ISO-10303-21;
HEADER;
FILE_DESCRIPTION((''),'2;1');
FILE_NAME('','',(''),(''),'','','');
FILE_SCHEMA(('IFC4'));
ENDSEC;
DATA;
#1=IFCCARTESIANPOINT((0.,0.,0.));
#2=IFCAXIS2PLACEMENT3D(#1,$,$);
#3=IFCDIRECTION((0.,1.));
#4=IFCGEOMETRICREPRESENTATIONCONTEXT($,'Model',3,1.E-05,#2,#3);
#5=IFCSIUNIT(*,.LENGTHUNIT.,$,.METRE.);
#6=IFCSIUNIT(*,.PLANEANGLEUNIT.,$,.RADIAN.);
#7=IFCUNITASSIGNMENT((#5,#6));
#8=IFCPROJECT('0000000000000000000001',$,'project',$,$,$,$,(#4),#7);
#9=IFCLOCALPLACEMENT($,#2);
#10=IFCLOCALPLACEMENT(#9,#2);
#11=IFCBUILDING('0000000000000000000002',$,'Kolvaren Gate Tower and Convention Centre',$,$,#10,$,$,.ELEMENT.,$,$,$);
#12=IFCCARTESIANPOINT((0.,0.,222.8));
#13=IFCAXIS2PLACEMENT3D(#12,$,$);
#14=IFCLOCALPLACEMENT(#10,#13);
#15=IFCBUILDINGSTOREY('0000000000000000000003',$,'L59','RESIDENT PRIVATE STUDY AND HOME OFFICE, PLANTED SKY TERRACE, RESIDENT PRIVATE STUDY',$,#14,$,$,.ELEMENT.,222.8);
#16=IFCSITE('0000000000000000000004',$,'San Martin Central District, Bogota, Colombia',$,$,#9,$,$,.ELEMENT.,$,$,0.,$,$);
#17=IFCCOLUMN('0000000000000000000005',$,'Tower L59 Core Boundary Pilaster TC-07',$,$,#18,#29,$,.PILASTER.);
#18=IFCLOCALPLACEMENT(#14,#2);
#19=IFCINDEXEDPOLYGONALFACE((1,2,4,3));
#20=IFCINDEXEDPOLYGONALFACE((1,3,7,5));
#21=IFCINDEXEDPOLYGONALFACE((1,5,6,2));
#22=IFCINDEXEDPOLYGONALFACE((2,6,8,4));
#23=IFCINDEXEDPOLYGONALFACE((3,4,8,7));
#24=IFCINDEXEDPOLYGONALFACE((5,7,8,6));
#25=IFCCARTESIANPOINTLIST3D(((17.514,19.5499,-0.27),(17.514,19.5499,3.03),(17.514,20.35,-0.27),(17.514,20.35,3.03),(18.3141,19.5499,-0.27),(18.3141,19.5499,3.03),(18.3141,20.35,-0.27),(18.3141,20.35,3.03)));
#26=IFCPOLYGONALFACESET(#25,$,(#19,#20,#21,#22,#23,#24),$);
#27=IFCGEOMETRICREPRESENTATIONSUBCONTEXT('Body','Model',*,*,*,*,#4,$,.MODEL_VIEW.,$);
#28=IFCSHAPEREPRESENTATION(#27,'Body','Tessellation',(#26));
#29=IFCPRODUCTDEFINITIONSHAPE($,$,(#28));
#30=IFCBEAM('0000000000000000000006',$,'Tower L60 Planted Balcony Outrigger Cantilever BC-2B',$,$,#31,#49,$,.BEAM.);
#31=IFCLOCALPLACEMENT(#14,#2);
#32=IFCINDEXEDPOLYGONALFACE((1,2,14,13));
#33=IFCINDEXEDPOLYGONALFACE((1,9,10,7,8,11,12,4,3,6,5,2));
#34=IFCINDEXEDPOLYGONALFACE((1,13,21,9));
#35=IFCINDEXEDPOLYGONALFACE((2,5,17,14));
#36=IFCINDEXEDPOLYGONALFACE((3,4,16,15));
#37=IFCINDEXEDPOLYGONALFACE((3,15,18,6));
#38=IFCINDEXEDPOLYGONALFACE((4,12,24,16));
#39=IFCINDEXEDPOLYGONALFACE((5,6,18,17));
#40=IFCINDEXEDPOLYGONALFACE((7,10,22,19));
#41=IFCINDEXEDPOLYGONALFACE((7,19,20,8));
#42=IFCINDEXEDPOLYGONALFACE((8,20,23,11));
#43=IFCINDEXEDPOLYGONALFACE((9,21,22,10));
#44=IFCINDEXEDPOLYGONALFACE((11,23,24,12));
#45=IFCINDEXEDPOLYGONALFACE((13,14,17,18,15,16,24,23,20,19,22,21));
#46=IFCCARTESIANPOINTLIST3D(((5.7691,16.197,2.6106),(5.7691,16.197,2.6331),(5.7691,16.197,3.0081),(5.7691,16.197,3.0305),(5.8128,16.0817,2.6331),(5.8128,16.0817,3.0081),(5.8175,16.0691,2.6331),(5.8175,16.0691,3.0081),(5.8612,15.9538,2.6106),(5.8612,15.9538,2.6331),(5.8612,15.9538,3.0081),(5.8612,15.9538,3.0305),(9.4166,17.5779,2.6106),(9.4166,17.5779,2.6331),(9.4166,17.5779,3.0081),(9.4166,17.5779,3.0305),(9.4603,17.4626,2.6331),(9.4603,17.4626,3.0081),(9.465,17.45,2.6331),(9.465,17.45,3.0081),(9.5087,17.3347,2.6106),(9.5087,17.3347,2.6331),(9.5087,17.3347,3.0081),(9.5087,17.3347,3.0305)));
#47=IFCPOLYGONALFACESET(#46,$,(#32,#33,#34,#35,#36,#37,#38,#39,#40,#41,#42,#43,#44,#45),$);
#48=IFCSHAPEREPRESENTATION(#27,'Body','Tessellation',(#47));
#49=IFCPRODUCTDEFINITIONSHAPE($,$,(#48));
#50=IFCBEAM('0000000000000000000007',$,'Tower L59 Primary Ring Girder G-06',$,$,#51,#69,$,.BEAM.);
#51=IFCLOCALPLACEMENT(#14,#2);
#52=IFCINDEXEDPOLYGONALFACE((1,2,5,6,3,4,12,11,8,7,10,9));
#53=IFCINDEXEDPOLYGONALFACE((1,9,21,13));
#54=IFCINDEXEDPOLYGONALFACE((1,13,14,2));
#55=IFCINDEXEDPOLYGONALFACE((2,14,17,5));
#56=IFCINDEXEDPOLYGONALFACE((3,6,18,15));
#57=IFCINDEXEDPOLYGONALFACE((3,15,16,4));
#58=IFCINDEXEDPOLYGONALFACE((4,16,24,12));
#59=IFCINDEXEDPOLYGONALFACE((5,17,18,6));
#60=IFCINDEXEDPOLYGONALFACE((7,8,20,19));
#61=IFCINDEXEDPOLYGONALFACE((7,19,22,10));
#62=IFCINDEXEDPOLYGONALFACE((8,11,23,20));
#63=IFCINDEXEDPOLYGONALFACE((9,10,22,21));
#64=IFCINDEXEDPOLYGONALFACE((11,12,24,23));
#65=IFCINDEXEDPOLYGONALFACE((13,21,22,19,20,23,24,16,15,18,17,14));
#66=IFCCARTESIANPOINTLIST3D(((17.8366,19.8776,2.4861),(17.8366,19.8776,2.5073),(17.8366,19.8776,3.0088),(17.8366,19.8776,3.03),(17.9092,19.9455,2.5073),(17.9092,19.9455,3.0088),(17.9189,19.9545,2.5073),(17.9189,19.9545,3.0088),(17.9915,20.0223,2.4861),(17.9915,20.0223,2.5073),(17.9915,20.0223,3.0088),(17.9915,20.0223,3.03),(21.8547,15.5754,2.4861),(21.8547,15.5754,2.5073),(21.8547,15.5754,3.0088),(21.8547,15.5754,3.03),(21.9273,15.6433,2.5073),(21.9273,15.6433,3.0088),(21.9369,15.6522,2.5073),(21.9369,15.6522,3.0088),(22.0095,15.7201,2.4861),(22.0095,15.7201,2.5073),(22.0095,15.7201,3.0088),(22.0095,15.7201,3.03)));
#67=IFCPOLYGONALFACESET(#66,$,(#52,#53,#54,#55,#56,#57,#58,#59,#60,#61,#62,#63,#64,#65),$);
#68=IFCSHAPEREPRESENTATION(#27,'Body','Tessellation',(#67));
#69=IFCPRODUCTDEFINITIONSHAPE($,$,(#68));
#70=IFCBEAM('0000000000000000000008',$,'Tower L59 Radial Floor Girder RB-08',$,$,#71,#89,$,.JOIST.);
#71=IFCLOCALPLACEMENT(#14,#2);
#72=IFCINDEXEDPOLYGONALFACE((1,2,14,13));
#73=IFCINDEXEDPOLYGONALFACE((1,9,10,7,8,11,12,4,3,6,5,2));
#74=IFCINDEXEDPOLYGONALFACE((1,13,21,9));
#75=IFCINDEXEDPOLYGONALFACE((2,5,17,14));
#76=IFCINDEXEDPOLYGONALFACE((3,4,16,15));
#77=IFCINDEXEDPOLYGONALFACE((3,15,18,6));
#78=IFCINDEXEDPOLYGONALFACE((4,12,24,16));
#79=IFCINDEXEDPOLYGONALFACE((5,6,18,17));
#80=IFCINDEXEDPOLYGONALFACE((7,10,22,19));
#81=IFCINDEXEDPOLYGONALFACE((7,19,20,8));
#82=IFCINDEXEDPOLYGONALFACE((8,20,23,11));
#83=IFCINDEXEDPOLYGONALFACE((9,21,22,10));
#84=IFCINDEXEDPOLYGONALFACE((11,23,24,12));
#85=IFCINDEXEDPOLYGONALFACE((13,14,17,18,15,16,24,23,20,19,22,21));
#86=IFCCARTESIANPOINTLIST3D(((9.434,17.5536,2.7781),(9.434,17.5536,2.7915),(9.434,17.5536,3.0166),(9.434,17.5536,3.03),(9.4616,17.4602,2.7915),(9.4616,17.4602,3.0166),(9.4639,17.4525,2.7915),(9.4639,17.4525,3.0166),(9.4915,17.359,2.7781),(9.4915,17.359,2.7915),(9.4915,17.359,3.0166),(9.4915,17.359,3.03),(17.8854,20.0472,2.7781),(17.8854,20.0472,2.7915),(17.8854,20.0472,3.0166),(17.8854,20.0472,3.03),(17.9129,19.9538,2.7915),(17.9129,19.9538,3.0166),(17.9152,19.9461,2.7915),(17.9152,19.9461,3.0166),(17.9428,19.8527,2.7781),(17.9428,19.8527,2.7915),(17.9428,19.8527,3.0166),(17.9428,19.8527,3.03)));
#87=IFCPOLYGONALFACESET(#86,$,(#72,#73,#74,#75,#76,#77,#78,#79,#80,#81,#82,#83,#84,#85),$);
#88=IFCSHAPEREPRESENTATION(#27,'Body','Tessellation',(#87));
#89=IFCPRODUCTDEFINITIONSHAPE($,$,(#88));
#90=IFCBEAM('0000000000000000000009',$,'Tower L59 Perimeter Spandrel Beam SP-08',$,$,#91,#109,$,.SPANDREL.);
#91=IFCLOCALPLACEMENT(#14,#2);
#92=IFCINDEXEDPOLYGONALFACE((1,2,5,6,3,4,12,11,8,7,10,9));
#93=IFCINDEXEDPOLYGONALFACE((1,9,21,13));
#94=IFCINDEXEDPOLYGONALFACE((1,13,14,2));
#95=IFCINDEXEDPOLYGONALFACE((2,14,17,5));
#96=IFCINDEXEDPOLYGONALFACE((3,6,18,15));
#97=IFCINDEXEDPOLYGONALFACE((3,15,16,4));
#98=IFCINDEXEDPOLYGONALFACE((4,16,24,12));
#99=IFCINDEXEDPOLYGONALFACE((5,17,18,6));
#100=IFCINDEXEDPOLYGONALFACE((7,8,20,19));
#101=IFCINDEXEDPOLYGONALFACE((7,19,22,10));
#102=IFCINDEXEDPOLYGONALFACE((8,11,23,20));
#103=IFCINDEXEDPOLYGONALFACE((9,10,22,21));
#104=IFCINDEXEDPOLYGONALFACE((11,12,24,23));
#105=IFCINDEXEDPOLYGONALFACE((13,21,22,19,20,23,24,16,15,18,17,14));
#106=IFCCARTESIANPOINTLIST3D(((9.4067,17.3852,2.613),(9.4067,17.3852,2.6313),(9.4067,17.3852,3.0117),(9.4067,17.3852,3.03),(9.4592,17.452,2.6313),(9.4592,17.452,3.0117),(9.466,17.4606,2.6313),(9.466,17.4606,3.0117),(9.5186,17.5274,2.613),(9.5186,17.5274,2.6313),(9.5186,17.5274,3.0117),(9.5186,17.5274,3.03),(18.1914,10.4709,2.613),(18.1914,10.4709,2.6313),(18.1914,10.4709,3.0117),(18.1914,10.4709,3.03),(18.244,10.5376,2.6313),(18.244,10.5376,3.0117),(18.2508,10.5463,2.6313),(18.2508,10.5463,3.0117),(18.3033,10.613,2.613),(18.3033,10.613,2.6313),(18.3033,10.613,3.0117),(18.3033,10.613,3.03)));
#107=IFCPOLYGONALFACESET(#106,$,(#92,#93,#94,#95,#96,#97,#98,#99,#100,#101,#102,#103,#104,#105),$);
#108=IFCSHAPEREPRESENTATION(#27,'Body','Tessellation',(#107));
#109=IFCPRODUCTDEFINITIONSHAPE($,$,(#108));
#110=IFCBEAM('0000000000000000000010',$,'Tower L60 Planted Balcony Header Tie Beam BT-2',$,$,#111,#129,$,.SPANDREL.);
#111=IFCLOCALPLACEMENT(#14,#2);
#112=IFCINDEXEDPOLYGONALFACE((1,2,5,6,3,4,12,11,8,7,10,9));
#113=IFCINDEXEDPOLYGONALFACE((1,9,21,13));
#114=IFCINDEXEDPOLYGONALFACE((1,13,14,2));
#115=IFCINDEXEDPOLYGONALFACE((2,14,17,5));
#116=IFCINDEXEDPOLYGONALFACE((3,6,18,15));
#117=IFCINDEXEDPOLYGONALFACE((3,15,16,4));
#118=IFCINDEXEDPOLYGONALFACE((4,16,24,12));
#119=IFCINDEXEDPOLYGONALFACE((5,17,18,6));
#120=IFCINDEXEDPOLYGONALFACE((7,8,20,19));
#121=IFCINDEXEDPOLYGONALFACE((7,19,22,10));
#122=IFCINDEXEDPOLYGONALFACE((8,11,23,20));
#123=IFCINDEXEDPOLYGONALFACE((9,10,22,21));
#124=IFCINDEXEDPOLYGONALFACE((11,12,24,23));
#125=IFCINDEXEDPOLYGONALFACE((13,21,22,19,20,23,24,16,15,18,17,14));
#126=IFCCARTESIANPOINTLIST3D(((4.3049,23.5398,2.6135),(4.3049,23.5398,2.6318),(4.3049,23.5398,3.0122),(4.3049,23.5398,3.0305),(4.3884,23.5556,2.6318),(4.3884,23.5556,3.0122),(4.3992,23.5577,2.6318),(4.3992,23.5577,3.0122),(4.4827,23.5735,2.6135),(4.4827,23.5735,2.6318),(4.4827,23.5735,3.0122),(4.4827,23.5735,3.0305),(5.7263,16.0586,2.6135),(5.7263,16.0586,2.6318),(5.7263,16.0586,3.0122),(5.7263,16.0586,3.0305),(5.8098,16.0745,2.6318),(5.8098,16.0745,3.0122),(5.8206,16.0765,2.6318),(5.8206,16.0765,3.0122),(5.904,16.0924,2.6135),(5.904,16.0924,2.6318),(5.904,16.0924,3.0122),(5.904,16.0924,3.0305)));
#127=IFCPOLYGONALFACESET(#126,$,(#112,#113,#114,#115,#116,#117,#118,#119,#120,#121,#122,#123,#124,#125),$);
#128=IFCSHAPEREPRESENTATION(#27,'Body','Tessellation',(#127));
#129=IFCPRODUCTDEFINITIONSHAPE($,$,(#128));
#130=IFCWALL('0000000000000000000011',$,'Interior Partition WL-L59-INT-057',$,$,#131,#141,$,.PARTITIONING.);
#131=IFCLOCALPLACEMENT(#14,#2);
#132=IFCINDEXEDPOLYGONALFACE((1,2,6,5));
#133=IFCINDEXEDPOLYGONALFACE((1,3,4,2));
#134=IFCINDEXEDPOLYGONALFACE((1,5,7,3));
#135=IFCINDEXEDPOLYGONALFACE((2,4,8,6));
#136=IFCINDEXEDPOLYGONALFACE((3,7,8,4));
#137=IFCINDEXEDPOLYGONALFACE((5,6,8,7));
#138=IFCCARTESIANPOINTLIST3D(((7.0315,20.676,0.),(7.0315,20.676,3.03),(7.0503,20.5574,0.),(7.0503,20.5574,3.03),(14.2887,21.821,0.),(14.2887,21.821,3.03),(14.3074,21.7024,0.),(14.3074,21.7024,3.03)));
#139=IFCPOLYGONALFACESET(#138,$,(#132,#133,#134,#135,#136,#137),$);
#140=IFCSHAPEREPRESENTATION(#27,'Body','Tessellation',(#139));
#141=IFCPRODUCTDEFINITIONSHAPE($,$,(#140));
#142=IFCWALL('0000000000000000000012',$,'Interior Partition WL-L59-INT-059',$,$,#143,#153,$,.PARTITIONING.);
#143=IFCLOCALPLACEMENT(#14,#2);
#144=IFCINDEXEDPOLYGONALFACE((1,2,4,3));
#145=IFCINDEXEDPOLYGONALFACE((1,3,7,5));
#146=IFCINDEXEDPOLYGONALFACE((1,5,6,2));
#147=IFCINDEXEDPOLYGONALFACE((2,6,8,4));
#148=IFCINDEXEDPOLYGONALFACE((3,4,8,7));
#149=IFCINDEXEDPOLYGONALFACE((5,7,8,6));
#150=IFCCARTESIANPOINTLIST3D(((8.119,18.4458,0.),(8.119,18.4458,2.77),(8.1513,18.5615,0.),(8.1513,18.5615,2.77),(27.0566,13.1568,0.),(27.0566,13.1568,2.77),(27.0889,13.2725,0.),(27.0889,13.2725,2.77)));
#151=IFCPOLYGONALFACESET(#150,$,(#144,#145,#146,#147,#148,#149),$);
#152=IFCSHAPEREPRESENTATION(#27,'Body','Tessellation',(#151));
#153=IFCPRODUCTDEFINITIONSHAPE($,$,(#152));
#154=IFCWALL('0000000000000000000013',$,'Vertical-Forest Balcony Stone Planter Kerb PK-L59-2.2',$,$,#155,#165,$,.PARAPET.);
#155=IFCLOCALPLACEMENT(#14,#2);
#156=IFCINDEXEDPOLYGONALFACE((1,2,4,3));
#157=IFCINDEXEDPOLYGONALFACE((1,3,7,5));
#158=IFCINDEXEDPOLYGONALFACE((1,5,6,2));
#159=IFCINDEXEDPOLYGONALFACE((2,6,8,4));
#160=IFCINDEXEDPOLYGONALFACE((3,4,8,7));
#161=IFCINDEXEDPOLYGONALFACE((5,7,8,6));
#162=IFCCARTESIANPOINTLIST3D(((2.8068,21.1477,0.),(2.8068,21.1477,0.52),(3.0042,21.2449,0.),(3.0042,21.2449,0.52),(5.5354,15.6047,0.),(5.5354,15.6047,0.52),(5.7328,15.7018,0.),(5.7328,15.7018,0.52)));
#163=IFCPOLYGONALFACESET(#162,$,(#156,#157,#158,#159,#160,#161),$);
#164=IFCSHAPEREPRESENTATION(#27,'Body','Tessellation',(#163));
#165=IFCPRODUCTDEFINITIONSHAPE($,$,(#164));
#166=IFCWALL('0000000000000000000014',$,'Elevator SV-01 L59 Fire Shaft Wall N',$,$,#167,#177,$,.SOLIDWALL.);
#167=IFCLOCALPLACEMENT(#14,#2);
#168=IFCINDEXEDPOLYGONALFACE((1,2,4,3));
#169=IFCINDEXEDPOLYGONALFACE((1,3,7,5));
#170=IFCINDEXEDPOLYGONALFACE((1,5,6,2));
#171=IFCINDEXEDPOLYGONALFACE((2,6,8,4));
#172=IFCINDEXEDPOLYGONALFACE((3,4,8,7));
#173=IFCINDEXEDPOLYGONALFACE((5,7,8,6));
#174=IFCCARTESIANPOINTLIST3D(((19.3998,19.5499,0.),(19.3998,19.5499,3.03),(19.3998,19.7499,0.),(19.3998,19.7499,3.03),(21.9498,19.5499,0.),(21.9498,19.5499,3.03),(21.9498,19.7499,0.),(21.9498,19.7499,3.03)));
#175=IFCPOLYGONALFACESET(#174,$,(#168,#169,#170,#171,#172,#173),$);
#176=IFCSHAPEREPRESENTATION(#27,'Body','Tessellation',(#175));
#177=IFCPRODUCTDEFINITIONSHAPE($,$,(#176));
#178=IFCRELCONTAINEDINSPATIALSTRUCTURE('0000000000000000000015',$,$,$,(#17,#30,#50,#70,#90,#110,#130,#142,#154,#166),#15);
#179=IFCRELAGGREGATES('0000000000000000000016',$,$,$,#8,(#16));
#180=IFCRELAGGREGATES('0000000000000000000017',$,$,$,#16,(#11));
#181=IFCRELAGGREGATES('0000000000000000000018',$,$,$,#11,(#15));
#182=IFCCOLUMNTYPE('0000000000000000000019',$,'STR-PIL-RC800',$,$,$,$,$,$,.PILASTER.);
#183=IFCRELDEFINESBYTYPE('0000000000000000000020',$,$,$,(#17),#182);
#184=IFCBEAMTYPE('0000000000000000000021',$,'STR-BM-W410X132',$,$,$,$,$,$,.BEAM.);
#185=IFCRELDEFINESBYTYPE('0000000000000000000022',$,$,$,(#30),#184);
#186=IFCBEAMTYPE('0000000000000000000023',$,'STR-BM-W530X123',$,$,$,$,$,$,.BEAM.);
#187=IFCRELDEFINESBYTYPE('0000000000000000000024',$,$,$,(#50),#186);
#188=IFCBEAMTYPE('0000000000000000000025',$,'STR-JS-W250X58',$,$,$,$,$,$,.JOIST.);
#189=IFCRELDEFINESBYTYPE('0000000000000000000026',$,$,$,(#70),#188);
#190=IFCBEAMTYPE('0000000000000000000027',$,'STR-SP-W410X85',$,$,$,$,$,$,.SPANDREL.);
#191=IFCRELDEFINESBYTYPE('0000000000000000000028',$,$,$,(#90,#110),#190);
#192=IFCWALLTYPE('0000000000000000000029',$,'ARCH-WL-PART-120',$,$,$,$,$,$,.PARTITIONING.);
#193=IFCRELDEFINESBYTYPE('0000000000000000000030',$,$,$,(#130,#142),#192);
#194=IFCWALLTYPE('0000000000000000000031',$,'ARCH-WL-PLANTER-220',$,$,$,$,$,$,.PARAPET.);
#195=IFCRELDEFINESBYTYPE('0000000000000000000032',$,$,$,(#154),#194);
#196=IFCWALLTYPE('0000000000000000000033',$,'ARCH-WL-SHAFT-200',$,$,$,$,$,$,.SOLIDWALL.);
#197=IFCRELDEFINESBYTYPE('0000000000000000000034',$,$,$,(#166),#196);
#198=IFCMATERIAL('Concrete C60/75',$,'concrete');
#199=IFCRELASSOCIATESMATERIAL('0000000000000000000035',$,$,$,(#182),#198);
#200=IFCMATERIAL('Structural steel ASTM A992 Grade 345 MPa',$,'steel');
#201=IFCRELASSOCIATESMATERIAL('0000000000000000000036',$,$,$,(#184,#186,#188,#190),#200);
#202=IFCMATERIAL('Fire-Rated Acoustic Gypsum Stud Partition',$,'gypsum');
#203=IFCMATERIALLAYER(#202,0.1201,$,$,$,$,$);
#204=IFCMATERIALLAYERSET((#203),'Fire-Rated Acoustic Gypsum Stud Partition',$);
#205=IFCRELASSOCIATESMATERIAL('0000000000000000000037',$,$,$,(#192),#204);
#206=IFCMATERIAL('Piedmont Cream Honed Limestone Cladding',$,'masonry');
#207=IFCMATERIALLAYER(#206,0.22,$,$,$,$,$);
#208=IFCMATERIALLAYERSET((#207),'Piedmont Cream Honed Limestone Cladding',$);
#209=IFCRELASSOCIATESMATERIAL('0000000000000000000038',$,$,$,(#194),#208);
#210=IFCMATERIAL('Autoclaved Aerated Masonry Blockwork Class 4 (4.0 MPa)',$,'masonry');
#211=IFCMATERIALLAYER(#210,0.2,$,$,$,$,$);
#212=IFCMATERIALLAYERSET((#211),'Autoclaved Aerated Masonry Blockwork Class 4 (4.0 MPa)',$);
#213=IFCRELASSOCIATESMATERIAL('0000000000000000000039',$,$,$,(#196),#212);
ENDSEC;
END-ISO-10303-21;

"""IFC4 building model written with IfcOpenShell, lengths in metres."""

from ifc_helpers import new_model, si_unit, direction, frame, frame_2d, origin, origin_2d, place, context, subcontext, project, spatial, rectangle, i_section, extrude, material, layer, layer_set, material_profile, profile_set, type_object, element, save


model = new_model("IFC4")

# Units and contexts
model_context = context("Model", 3, precision=1e-05, world=origin(), true_north=direction((0.0, 1.0)))
body_context = subcontext(model_context, "Body", "Model", "MODEL_VIEW")
ifc_project = project(units=[si_unit("LENGTHUNIT", "METRE"), si_unit("PLANEANGLEUNIT", "RADIAN")], contexts=[model_context])

# Site, building, storey
site_placement = place(None, origin())
site = spatial("IfcSite", under=ifc_project, at=site_placement, Name="San Martin Central District, Bogota, Colombia", CompositionType="ELEMENT", RefElevation=0.0)
building_placement = place(site_placement, origin())
building = spatial("IfcBuilding", under=site, at=building_placement, Name="Kolvaren Gate Tower and Convention Centre", CompositionType="ELEMENT")
storey_placement = place(building_placement, frame((0.0, 0.0, 222.8)))
storey = spatial("IfcBuildingStorey", under=building, at=storey_placement, Name="L59", Description="RESIDENT PRIVATE STUDY AND HOME OFFICE, PLANTED SKY TERRACE, RESIDENT PRIVATE STUDY", CompositionType="ELEMENT", Elevation=222.8)

# Column
ifc_material_1 = material(Name="Concrete C60/75", Category="concrete")
ifc_material_profile_1 = material_profile(ifc_material_1, rectangle(XDim=0.8, YDim=0.8, at=origin_2d()), Name="RC-COL-800X800")
ifc_profile_set_1 = profile_set([ifc_material_profile_1], Name="Concrete C60/75")
column_type = type_object("IfcColumnType", Name="STR-PIL-RC800", PredefinedType="PILASTER", material=ifc_profile_set_1)
column_placement = place(storey_placement, frame((17.9141, 19.95, -0.27), z_axis=(0.0, 0.0, 1.0), x_axis=(1.0, 0.0, 0.0)))
element("IfcColumn", 1, at=column_placement, inside=storey, type_object=column_type, Name="Tower L59 Core Boundary Pilaster TC-07", PredefinedType="PILASTER", context=body_context, shape_type="SweptSolid", body=[
    extrude(rectangle(XDim=0.8, YDim=0.8, at=origin_2d()), origin(), (0.0, 0.0, 1.0), 3.3),
])

# Beams
ifc_material_2 = material(Name="Structural steel ASTM A992 Grade 345 MPa", Category="steel")
ifc_material_profile_2 = material_profile(ifc_material_2, i_section(OverallWidth=0.26, OverallDepth=0.4199, WebThickness=0.0134, FlangeThickness=0.0225, at=origin_2d()), Name="W410X132")
ifc_profile_set_2 = profile_set([ifc_material_profile_2], Name="Structural steel ASTM A992 Grade 345 MPa")
beam_type_1 = type_object("IfcBeamType", Name="STR-BM-W410X132", PredefinedType="BEAM", material=ifc_profile_set_2)
beam_1_placement = place(storey_placement, frame((9.4626, 17.4563, 2.8206), z_axis=(-0.935224, -0.354058, 0.0), x_axis=(0.354058, -0.935224, 0.0)))
element("IfcBeam", 2, at=beam_1_placement, inside=storey, type_object=beam_type_1, Name="Tower L60 Planted Balcony Outrigger Cantilever BC-2B", PredefinedType="BEAM", context=body_context, shape_type="SweptSolid", body=[
    extrude(i_section(OverallWidth=0.26, OverallDepth=0.4199, WebThickness=0.0134, FlangeThickness=0.0225, at=origin_2d()), origin(), (0.0, 0.0, 1.0), 3.9001),
])
ifc_material_profile_3 = material_profile(ifc_material_2, i_section(OverallWidth=0.2119, OverallDepth=0.5439, WebThickness=0.0132, FlangeThickness=0.0212, at=origin_2d()), Name="W530X123")
ifc_profile_set_3 = profile_set([ifc_material_profile_3], Name="Structural steel ASTM A992 Grade 345 MPa")
beam_type_2 = type_object("IfcBeamType", Name="STR-BM-W530X123", PredefinedType="BEAM", material=ifc_profile_set_3)
beam_2_placement = place(storey_placement, frame((17.9141, 19.95, 2.7581), z_axis=(0.682558, -0.730832, 0.0), x_axis=(0.730832, 0.682558, 0.0)))
element("IfcBeam", 3, at=beam_2_placement, inside=storey, type_object=beam_type_2, Name="Tower L59 Primary Ring Girder G-06", PredefinedType="BEAM", context=body_context, shape_type="SweptSolid", body=[
    extrude(i_section(OverallWidth=0.2119, OverallDepth=0.5439, WebThickness=0.0132, FlangeThickness=0.0212, at=origin_2d()), origin(), (0.0, 0.0, 1.0), 5.8867),
])
ifc_material_profile_4 = material_profile(ifc_material_2, i_section(OverallWidth=0.2029, OverallDepth=0.252, WebThickness=0.0081, FlangeThickness=0.0134, at=origin_2d()), Name="W250X58")
ifc_profile_set_4 = profile_set([ifc_material_profile_4], Name="Structural steel ASTM A992 Grade 345 MPa")
beam_type_3 = type_object("IfcBeamType", Name="STR-JS-W250X58", PredefinedType="JOIST", material=ifc_profile_set_4)
beam_3_placement = place(storey_placement, frame((17.9141, 19.95, 2.9041), z_axis=(-0.959121, -0.282996, 0.0), x_axis=(0.282996, -0.959121, 0.0)))
element("IfcBeam", 4, at=beam_3_placement, inside=storey, type_object=beam_type_3, Name="Tower L59 Radial Floor Girder RB-08", PredefinedType="JOIST", context=body_context, shape_type="SweptSolid", body=[
    extrude(i_section(OverallWidth=0.2029, OverallDepth=0.252, WebThickness=0.0081, FlangeThickness=0.0134, at=origin_2d()), origin(), (0.0, 0.0, 1.0), 8.8115),
])
ifc_material_profile_5 = material_profile(ifc_material_2, i_section(OverallWidth=0.1809, OverallDepth=0.417, WebThickness=0.011, FlangeThickness=0.0183, at=origin_2d()), Name="W410X85")
ifc_profile_set_5 = profile_set([ifc_material_profile_5], Name="Structural steel ASTM A992 Grade 345 MPa")
beam_type_4 = type_object("IfcBeamType", Name="STR-SP-W410X85", PredefinedType="SPANDREL", material=ifc_profile_set_5)
beam_4_placement = place(storey_placement, frame((9.4626, 17.4563, 2.8215), z_axis=(0.785794, -0.618489, 0.0), x_axis=(0.618489, 0.785794, 0.0)))
element("IfcBeam", 5, at=beam_4_placement, inside=storey, type_object=beam_type_4, Name="Tower L59 Perimeter Spandrel Beam SP-08", PredefinedType="SPANDREL", context=body_context, shape_type="SweptSolid", body=[
    extrude(i_section(OverallWidth=0.1809, OverallDepth=0.417, WebThickness=0.011, FlangeThickness=0.0183, at=origin_2d()), origin(), (0.0, 0.0, 1.0), 11.1794),
])
beam_5_placement = place(storey_placement, frame((4.3938, 23.5566, 2.822), z_axis=(0.186655, -0.982425, 0.0), x_axis=(0.982425, 0.186655, 0.0)))
element("IfcBeam", 6, at=beam_5_placement, inside=storey, type_object=beam_type_4, Name="Tower L60 Planted Balcony Header Tie Beam BT-2", PredefinedType="SPANDREL", context=body_context, shape_type="SweptSolid", body=[
    extrude(i_section(OverallWidth=0.1809, OverallDepth=0.417, WebThickness=0.011, FlangeThickness=0.0183, at=origin_2d()), origin(), (0.0, 0.0, 1.0), 7.615),
])

# Walls
ifc_material_3 = material(Name="Fire-Rated Acoustic Gypsum Stud Partition", Category="gypsum")
ifc_layer_1 = layer(ifc_material_3, 0.1201)
ifc_layer_set_1 = layer_set([ifc_layer_1], Name="Fire-Rated Acoustic Gypsum Stud Partition")
wall_type_1 = type_object("IfcWallType", Name="ARCH-WL-PART-120", PredefinedType="PARTITIONING", material=ifc_layer_set_1)
wall_1_placement = place(storey_placement, frame((7.041, 20.6167, 0.0), z_axis=(0.0, 0.0, 1.0), x_axis=(0.98778, 0.155852, 0.0)))
element("IfcWall", 7, at=wall_1_placement, inside=storey, type_object=wall_type_1, Name="Interior Partition WL-L59-INT-057", PredefinedType="PARTITIONING", context=body_context, shape_type="SweptSolid", body=[
    extrude(rectangle(XDim=7.3469, YDim=0.1201, at=frame_2d((3.6733, 0.0))), origin(), (0.0, 0.0, 1.0), 3.03),
])
wall_2_placement = place(storey_placement, frame((8.1353, 18.5037, 0.0), z_axis=(0.0, 0.0, 1.0), x_axis=(0.963142, -0.268993, 0.0)))
element("IfcWall", 8, at=wall_2_placement, inside=storey, type_object=wall_type_1, Name="Interior Partition WL-L59-INT-059", PredefinedType="PARTITIONING", context=body_context, shape_type="SweptSolid", body=[
    extrude(rectangle(XDim=19.6624, YDim=0.1201, at=frame_2d((9.8311, 0.0))), origin(), (0.0, 0.0, 1.0), 2.77),
])
ifc_material_4 = material(Name="Piedmont Cream Honed Limestone Cladding", Category="masonry")
ifc_layer_2 = layer(ifc_material_4, 0.22)
ifc_layer_set_2 = layer_set([ifc_layer_2], Name="Piedmont Cream Honed Limestone Cladding")
wall_type_2 = type_object("IfcWallType", Name="ARCH-WL-PLANTER-220", PredefinedType="PARAPET", material=ifc_layer_set_2)
wall_3_placement = place(storey_placement, frame((2.9055, 21.1963, 0.0), z_axis=(0.0, 0.0, 1.0), x_axis=(0.441641, -0.897192, 0.0)))
element("IfcWall", 9, at=wall_3_placement, inside=storey, type_object=wall_type_2, Name="Vertical-Forest Balcony Stone Planter Kerb PK-L59-2.2", PredefinedType="PARAPET", context=body_context, shape_type="SweptSolid", body=[
    extrude(rectangle(XDim=6.1782, YDim=0.22, at=frame_2d((3.0891, 0.0))), origin(), (0.0, 0.0, 1.0), 0.52),
])
ifc_material_5 = material(Name="Autoclaved Aerated Masonry Blockwork Class 4 (4.0 MPa)", Category="masonry")
ifc_layer_3 = layer(ifc_material_5, 0.2)
ifc_layer_set_3 = layer_set([ifc_layer_3], Name="Autoclaved Aerated Masonry Blockwork Class 4 (4.0 MPa)")
wall_type_3 = type_object("IfcWallType", Name="ARCH-WL-SHAFT-200", PredefinedType="SOLIDWALL", material=ifc_layer_set_3)
wall_4_placement = place(storey_placement, frame((19.3999, 19.6499, 0.0), z_axis=(0.0, 0.0, 1.0), x_axis=(1.0, 0.0, 0.0)))
element("IfcWall", 10, at=wall_4_placement, inside=storey, type_object=wall_type_3, Name="Elevator SV-01 L59 Fire Shaft Wall N", PredefinedType="SOLIDWALL", context=body_context, shape_type="SweptSolid", body=[
    extrude(rectangle(XDim=2.55, YDim=0.2, at=frame_2d((1.2749, 0.0))), origin(), (0.0, 0.0, 1.0), 3.03),
])

save(model, "model.ifc")
